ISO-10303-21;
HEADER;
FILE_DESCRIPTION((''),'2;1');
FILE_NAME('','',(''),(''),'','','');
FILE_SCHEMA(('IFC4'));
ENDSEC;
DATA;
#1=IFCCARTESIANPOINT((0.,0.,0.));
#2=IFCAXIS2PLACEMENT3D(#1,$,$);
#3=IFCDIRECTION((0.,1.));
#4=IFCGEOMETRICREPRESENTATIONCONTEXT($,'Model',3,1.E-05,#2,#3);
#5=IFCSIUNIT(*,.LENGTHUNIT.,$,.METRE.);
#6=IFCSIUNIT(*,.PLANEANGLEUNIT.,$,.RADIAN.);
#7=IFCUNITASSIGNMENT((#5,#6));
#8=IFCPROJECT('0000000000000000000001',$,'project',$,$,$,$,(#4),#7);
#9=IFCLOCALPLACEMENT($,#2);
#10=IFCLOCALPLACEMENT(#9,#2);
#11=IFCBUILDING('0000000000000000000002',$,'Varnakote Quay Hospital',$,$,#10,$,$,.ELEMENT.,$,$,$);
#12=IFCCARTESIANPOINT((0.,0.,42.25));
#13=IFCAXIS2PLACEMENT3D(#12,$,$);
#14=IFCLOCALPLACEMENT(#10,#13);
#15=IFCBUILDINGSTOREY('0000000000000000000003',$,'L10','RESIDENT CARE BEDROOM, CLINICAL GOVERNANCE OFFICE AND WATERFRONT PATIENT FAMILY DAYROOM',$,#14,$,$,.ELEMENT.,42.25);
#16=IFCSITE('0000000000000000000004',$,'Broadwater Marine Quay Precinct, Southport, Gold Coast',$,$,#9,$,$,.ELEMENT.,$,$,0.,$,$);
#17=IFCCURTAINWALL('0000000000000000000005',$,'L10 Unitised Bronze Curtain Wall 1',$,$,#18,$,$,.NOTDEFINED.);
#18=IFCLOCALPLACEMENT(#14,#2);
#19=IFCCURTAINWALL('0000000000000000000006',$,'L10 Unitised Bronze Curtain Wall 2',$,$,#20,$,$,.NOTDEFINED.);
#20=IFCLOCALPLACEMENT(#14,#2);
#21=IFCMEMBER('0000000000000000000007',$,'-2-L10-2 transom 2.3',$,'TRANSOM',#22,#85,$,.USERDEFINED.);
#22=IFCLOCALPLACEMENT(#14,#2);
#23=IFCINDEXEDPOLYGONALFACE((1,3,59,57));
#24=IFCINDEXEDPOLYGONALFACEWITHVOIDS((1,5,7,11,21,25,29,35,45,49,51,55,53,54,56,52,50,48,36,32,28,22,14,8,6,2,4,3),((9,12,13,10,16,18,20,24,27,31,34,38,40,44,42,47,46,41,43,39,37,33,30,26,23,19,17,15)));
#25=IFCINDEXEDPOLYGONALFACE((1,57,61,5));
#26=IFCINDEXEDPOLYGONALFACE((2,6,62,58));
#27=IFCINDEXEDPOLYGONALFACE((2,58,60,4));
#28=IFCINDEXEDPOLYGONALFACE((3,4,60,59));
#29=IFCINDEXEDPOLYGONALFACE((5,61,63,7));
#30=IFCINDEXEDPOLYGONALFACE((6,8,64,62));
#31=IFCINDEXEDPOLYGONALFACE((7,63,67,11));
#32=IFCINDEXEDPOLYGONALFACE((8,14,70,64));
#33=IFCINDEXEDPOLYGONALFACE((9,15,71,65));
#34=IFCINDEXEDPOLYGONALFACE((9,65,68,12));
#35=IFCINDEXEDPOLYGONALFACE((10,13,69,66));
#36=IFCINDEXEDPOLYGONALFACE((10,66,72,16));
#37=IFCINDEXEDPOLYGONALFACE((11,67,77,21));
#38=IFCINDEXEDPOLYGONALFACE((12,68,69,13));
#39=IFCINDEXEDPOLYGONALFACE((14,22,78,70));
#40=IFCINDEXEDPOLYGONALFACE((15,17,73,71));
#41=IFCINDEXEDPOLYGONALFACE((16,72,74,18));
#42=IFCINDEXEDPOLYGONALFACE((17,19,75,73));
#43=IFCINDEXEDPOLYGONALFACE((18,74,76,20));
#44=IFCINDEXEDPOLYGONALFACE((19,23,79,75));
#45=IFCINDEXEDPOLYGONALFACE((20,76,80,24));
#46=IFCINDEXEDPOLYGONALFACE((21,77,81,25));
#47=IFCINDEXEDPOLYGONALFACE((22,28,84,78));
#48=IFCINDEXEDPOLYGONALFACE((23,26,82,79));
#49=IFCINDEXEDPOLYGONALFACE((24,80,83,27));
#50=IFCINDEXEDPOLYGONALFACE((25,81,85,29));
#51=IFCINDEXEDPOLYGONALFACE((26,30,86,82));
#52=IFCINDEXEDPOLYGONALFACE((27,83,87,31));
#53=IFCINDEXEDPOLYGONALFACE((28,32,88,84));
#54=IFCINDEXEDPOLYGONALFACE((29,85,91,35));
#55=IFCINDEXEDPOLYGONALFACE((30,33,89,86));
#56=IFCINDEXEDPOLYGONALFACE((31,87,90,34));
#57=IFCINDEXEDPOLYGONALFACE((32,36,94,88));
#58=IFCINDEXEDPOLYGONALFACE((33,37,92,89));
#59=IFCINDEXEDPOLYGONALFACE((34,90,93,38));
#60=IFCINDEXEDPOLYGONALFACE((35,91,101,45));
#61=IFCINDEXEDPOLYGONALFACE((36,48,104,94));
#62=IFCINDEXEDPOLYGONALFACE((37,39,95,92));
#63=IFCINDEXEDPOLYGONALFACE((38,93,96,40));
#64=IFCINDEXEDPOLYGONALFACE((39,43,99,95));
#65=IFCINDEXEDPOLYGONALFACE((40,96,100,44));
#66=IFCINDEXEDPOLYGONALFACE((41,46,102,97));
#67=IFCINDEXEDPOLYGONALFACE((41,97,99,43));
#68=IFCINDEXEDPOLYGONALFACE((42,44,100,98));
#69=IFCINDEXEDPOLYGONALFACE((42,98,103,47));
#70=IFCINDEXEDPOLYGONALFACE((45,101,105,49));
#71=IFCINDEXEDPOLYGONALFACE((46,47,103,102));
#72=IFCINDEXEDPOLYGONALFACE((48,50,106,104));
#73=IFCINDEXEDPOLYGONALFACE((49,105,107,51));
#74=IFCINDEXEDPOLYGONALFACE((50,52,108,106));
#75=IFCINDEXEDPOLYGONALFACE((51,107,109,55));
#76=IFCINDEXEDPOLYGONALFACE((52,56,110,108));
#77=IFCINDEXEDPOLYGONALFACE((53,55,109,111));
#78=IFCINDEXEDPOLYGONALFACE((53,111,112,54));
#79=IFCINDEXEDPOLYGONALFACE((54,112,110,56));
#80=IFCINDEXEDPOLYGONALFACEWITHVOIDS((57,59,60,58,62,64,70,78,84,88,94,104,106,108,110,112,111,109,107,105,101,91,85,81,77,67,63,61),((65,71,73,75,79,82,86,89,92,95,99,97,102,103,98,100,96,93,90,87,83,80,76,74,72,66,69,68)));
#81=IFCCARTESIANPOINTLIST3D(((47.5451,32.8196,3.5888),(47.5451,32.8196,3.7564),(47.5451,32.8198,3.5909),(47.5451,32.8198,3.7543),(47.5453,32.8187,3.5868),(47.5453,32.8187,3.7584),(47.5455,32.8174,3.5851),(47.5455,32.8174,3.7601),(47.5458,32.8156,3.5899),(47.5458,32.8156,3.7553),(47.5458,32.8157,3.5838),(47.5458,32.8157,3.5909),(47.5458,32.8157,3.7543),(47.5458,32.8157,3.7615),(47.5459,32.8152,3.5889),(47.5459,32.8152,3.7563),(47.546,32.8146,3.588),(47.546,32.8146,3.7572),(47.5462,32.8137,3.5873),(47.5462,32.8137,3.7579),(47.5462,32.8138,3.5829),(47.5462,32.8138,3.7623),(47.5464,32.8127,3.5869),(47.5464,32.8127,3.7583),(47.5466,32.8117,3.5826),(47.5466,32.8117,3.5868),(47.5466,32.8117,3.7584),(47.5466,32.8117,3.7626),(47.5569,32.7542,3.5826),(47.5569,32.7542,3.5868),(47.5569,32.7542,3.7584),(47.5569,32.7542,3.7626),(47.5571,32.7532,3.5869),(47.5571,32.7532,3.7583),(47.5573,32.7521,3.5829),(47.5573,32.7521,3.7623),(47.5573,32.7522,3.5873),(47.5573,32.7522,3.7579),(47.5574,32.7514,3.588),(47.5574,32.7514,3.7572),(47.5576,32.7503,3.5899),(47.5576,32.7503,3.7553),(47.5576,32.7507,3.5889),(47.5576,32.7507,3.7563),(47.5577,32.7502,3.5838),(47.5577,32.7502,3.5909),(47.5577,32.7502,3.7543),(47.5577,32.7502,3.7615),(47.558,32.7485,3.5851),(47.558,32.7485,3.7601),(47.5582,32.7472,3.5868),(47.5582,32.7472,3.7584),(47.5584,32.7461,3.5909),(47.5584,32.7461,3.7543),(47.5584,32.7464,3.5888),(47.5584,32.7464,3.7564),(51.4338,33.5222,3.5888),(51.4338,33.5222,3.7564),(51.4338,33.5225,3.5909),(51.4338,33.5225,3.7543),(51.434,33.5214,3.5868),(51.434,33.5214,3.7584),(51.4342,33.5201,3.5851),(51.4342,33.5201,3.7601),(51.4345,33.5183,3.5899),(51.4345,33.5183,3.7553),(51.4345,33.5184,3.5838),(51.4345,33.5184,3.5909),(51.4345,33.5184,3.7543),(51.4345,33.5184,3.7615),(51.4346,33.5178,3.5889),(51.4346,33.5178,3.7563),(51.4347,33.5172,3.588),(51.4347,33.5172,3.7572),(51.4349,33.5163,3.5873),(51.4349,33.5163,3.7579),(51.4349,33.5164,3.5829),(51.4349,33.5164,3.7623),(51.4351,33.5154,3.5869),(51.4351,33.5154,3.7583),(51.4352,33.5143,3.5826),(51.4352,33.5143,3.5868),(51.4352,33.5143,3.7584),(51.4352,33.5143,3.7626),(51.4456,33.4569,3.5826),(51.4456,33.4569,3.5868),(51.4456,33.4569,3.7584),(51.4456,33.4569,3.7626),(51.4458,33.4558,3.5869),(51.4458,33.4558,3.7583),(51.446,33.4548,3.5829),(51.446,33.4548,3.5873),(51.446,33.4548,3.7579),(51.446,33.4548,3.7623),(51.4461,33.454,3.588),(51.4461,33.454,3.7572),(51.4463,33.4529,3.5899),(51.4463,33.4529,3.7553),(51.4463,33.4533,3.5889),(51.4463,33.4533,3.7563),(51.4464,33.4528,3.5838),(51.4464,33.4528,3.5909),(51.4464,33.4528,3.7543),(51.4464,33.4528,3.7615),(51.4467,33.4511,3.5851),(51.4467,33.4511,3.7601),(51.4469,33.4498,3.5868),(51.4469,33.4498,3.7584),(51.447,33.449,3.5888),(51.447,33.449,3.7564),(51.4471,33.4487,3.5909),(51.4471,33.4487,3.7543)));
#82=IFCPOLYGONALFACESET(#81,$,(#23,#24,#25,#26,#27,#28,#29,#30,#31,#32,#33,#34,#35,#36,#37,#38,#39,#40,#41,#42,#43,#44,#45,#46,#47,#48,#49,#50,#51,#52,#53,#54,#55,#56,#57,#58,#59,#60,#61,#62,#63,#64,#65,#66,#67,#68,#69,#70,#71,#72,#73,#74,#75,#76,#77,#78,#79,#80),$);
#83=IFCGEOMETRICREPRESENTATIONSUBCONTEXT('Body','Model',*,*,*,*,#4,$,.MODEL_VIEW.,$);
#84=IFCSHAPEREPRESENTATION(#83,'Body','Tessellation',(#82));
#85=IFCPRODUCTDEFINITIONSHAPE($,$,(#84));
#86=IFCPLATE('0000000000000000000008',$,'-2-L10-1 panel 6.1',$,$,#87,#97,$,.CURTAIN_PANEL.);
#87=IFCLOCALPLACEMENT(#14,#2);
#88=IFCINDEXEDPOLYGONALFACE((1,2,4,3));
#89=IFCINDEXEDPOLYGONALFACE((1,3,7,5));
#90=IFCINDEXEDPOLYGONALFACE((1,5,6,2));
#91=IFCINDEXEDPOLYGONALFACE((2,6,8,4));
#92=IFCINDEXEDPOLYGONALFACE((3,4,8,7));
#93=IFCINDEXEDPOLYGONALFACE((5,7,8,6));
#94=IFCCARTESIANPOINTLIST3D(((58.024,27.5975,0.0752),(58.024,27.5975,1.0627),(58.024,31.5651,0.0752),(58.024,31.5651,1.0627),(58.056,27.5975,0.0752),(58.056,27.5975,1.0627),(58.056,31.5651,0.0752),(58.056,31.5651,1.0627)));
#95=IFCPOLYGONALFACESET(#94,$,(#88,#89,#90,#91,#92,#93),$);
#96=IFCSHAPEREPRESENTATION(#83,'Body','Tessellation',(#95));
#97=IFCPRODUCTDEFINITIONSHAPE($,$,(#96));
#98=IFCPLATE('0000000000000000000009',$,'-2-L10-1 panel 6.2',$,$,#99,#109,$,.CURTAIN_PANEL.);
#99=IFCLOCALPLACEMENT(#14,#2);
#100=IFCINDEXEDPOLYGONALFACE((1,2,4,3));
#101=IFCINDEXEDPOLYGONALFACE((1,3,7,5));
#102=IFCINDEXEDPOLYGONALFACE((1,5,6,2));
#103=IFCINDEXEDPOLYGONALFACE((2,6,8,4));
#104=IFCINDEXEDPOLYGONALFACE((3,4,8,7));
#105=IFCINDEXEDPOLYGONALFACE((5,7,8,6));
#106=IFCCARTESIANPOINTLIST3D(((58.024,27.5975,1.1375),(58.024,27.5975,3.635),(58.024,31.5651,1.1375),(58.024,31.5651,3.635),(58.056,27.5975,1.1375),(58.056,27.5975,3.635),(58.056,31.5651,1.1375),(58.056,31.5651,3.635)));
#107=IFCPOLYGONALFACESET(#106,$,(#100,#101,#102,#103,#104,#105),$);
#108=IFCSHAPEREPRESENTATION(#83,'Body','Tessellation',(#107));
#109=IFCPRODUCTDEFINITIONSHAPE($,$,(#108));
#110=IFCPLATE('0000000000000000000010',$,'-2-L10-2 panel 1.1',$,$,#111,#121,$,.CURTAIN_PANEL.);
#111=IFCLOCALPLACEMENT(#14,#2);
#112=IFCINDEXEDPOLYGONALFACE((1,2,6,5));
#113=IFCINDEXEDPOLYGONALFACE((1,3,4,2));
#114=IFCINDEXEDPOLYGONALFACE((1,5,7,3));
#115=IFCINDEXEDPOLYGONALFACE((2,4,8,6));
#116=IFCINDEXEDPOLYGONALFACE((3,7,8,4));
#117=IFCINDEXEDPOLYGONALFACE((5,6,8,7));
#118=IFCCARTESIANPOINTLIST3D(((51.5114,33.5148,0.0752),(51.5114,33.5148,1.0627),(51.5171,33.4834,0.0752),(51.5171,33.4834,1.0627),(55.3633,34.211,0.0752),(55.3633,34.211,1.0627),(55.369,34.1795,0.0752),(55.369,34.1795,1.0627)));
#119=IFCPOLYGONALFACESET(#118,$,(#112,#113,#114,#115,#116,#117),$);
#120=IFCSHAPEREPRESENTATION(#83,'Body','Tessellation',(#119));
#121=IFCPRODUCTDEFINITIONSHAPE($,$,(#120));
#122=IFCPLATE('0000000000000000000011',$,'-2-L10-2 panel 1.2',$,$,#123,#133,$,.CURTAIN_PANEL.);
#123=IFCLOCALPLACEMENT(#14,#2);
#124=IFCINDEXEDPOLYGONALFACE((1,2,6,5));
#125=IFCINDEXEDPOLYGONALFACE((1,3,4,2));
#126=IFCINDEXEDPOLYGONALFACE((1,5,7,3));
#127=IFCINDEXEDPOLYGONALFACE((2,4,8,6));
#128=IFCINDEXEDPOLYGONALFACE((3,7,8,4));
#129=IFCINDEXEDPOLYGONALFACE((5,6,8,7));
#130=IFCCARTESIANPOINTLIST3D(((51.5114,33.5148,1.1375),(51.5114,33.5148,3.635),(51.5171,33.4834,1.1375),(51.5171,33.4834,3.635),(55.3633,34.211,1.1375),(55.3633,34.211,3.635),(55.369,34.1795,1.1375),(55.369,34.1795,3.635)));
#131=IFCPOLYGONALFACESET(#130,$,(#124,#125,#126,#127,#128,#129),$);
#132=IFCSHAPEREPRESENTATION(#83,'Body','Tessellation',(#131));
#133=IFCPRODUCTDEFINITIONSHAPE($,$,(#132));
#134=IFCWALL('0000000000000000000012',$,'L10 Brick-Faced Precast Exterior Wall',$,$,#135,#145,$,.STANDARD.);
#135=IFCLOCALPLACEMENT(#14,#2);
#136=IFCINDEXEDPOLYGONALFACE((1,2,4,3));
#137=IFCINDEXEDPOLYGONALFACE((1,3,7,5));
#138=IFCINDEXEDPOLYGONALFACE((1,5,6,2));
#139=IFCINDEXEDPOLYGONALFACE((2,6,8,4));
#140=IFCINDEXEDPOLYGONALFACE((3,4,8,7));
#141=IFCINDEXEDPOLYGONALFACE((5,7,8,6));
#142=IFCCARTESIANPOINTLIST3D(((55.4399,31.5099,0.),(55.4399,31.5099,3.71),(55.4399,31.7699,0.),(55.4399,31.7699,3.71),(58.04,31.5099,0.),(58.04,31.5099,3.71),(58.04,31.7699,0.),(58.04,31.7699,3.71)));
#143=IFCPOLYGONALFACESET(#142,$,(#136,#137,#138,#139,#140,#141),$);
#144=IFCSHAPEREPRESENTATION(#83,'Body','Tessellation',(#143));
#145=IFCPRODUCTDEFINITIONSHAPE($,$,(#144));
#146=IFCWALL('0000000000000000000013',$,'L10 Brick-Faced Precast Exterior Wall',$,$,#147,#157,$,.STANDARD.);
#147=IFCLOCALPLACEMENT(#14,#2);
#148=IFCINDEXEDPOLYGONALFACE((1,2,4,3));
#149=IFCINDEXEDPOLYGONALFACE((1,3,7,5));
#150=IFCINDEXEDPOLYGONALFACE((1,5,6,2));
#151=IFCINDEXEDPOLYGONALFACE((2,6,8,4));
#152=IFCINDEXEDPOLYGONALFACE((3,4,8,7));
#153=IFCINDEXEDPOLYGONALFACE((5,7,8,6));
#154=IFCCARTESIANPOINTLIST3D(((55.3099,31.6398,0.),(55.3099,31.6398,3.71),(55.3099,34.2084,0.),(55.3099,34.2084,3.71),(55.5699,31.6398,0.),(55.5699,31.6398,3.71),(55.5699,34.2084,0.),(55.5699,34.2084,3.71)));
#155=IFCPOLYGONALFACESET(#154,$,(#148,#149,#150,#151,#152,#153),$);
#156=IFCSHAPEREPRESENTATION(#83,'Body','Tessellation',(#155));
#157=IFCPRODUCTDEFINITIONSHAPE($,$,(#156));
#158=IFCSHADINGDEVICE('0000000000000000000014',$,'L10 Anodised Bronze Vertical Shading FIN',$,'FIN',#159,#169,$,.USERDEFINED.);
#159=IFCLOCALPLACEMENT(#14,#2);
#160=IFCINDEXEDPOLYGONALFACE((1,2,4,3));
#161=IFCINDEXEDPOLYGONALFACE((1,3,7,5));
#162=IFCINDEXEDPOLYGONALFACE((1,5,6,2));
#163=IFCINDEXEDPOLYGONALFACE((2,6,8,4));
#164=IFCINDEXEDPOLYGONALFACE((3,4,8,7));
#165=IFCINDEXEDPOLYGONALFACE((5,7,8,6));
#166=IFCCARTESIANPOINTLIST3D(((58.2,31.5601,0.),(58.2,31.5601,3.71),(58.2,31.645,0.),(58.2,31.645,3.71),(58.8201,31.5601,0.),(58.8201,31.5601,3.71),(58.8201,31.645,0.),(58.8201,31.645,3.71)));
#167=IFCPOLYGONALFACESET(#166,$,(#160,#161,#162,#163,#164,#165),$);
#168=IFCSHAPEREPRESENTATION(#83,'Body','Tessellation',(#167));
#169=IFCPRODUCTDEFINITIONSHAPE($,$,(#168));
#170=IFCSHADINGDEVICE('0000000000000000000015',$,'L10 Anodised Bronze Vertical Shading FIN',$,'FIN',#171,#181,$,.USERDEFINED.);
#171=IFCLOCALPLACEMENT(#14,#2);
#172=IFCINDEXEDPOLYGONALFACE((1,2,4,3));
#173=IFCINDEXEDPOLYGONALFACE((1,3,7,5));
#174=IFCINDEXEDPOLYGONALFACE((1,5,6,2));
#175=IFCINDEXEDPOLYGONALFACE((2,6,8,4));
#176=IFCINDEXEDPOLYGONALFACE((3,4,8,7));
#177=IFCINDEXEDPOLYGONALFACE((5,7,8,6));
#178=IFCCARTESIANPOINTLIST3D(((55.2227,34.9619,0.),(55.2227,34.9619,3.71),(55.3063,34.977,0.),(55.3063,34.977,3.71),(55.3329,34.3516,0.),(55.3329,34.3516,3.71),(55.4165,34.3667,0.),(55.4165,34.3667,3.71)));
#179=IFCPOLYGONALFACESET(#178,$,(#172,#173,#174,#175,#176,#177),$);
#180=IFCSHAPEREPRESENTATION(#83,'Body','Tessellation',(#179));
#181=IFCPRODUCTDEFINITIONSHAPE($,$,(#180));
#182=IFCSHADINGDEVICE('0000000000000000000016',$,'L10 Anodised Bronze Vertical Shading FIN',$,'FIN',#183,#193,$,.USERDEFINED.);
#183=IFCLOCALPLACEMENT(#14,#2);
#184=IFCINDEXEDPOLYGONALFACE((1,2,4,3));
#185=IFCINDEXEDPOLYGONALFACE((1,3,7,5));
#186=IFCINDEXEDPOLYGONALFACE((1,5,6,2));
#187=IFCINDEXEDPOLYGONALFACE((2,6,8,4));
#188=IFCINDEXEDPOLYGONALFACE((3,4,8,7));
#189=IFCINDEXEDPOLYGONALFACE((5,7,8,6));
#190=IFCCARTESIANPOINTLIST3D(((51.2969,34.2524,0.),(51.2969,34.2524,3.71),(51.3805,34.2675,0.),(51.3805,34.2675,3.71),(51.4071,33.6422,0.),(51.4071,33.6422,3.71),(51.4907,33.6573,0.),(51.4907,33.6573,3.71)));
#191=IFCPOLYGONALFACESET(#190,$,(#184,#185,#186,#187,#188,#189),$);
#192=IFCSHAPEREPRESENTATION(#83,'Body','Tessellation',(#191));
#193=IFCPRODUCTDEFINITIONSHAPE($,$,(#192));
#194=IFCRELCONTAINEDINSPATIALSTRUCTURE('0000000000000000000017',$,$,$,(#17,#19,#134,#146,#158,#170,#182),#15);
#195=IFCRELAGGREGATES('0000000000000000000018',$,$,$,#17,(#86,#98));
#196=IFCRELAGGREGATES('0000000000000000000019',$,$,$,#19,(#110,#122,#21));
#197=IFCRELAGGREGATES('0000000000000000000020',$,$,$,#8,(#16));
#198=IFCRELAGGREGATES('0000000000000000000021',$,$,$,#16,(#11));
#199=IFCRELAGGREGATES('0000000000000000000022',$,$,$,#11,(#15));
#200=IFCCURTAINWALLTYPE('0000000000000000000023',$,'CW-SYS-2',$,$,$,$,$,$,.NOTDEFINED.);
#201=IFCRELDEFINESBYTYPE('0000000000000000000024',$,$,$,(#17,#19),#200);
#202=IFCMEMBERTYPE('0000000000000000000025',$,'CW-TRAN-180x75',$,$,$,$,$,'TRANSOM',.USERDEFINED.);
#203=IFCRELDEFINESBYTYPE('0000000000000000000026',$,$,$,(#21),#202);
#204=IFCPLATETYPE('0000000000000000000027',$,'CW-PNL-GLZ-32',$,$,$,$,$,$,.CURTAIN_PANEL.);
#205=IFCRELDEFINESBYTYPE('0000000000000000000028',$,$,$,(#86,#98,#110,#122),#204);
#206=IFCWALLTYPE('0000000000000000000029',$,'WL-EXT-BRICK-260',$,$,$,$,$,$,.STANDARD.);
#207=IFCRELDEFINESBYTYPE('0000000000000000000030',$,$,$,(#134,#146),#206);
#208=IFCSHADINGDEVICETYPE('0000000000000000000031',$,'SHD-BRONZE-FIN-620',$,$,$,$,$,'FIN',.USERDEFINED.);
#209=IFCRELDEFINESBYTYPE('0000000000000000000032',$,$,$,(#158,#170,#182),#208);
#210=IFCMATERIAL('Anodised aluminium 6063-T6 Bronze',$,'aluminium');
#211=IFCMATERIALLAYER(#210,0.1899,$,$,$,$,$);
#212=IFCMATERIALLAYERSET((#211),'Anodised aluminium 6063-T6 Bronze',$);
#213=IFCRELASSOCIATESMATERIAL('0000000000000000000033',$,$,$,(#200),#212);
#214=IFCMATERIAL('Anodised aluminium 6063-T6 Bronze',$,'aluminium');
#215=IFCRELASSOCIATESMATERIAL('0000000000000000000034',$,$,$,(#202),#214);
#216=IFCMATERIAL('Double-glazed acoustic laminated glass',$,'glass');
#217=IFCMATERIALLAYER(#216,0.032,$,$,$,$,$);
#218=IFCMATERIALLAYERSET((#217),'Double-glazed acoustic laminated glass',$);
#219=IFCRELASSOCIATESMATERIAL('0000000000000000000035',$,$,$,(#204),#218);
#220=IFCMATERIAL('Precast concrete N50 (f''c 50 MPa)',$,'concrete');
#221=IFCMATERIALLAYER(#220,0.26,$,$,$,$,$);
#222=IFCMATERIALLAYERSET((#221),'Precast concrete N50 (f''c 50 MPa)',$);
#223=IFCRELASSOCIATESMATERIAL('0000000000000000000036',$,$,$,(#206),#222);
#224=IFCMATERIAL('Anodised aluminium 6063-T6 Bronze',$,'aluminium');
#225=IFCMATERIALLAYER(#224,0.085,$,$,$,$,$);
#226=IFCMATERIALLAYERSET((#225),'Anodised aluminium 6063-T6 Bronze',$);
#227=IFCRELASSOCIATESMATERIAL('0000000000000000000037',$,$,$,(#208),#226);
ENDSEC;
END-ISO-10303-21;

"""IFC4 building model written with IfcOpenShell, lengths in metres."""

from ifc_helpers import new_model, si_unit, direction, frame, frame_2d, origin, origin_2d, place, context, subcontext, project, spatial, rectangle, hollow_rectangle, extrude, material, layer, layer_set, material_profile, profile_set, type_object, element, aggregate, save


model = new_model("IFC4")

# Units and contexts
model_context = context("Model", 3, precision=1e-05, world=origin(), true_north=direction((0.0, 1.0)))
body_context = subcontext(model_context, "Body", "Model", "MODEL_VIEW")
ifc_project = project(units=[si_unit("LENGTHUNIT", "METRE"), si_unit("PLANEANGLEUNIT", "RADIAN")], contexts=[model_context])

# Site, building, storey
site_placement = place(None, origin())
site = spatial("IfcSite", under=ifc_project, at=site_placement, Name="Broadwater Marine Quay Precinct, Southport, Gold Coast", CompositionType="ELEMENT", RefElevation=0.0)
building_placement = place(site_placement, origin())
building = spatial("IfcBuilding", under=site, at=building_placement, Name="Varnakote Quay Hospital", CompositionType="ELEMENT")
storey_placement = place(building_placement, frame((0.0, 0.0, 42.25)))
storey = spatial("IfcBuildingStorey", under=building, at=storey_placement, Name="L10", Description="RESIDENT CARE BEDROOM, CLINICAL GOVERNANCE OFFICE AND WATERFRONT PATIENT FAMILY DAYROOM", CompositionType="ELEMENT", Elevation=42.25)

# Curtain wall
ifc_material_1 = material(Name="Anodised aluminium 6063-T6 Bronze", Category="aluminium")
ifc_layer_1 = layer(ifc_material_1, 0.1899)
ifc_layer_set_1 = layer_set([ifc_layer_1], Name="Anodised aluminium 6063-T6 Bronze")
curtain_wall_type = type_object("IfcCurtainWallType", Name="CW-SYS-2", PredefinedType="NOTDEFINED", material=ifc_layer_set_1)
curtain_wall_1_placement = place(storey_placement, origin())
curtain_wall_1 = element("IfcCurtainWall", 1, at=curtain_wall_1_placement, inside=storey, type_object=curtain_wall_type, Name="L10 Unitised Bronze Curtain Wall 1", PredefinedType="NOTDEFINED")

# Curtain wall
curtain_wall_2_placement = place(storey_placement, origin())
curtain_wall_2 = element("IfcCurtainWall", 2, at=curtain_wall_2_placement, inside=storey, type_object=curtain_wall_type, Name="L10 Unitised Bronze Curtain Wall 2", PredefinedType="NOTDEFINED")

# Member
ifc_material_2 = material(Name="Anodised aluminium 6063-T6 Bronze", Category="aluminium")
ifc_material_profile_1 = material_profile(ifc_material_2, hollow_rectangle(XDim=0.075, YDim=0.1799, WallThickness=0.0042, InnerFilletRadius=0.0042, OuterFilletRadius=0.0083, at=origin_2d()), Name="CW-TRAN-180x75")
ifc_profile_set_1 = profile_set([ifc_material_profile_1], Name="Anodised aluminium 6063-T6 Bronze")
member_type_1 = type_object("IfcMemberType", Name="CW-TRAN-180x75", ElementType="TRANSOM", PredefinedType="USERDEFINED", material=ifc_profile_set_1)
member_1_placement = place(storey_placement, frame((51.4404, 33.4856, 3.6726), z_axis=(-0.984065, -0.177809, 0.0), x_axis=(0.177809, -0.984065, 0.0)))
member_1 = element("IfcMember", 3, at=member_1_placement, type_object=member_type_1, Name="-2-L10-2 transom 2.3", ObjectType="TRANSOM", PredefinedType="USERDEFINED", context=body_context, shape_type="SweptSolid", body=[
    extrude(hollow_rectangle(XDim=0.075, YDim=0.1799, WallThickness=0.0042, InnerFilletRadius=0.0042, OuterFilletRadius=0.0083, at=origin_2d()), origin(), (0.0, 0.0, 1.0), 3.9517),
])

# Plates
ifc_material_3 = material(Name="Double-glazed acoustic laminated glass", Category="glass")
ifc_layer_2 = layer(ifc_material_3, 0.032)
ifc_layer_set_2 = layer_set([ifc_layer_2], Name="Double-glazed acoustic laminated glass")
plate_type = type_object("IfcPlateType", Name="CW-PNL-GLZ-32", PredefinedType="CURTAIN_PANEL", material=ifc_layer_set_2)
plate_1_placement = place(storey_placement, frame((58.04, 29.5813, 0.0752), z_axis=(0.0, 0.0, 1.0), x_axis=(0.0, 1.0, 0.0)))
plate_1 = element("IfcPlate", 4, at=plate_1_placement, type_object=plate_type, Name="-2-L10-1 panel 6.1", PredefinedType="CURTAIN_PANEL", context=body_context, shape_type="SweptSolid", body=[
    extrude(rectangle(XDim=3.9675, YDim=0.032, at=origin_2d()), origin(), (0.0, 0.0, 1.0), 0.9875),
])
plate_2_placement = place(storey_placement, frame((58.04, 29.5813, 1.1375), z_axis=(0.0, 0.0, 1.0), x_axis=(0.0, 1.0, 0.0)))
plate_2 = element("IfcPlate", 5, at=plate_2_placement, type_object=plate_type, Name="-2-L10-1 panel 6.2", PredefinedType="CURTAIN_PANEL", context=body_context, shape_type="SweptSolid", body=[
    extrude(rectangle(XDim=3.9675, YDim=0.032, at=origin_2d()), origin(), (0.0, 0.0, 1.0), 2.4976),
])
aggregate(curtain_wall_1, [plate_1, plate_2])
plate_3_placement = place(storey_placement, frame((53.4402, 33.8472, 0.0752), z_axis=(0.0, 0.0, 1.0), x_axis=(-0.984058, -0.177846, 0.0)))
plate_3 = element("IfcPlate", 6, at=plate_3_placement, type_object=plate_type, Name="-2-L10-2 panel 1.1", PredefinedType="CURTAIN_PANEL", context=body_context, shape_type="SweptSolid", body=[
    extrude(rectangle(XDim=3.9143, YDim=0.032, at=origin_2d()), origin(), (0.0, 0.0, 1.0), 0.9875),
])
plate_4_placement = place(storey_placement, frame((53.4402, 33.8472, 1.1375), z_axis=(0.0, 0.0, 1.0), x_axis=(-0.984058, -0.177846, 0.0)))
plate_4 = element("IfcPlate", 7, at=plate_4_placement, type_object=plate_type, Name="-2-L10-2 panel 1.2", PredefinedType="CURTAIN_PANEL", context=body_context, shape_type="SweptSolid", body=[
    extrude(rectangle(XDim=3.9143, YDim=0.032, at=origin_2d()), origin(), (0.0, 0.0, 1.0), 2.4976),
])
aggregate(curtain_wall_2, [plate_3, plate_4, member_1])

# Walls
ifc_material_4 = material(Name="Precast concrete N50 (f'c 50 MPa)", Category="concrete")
ifc_layer_3 = layer(ifc_material_4, 0.26)
ifc_layer_set_3 = layer_set([ifc_layer_3], Name="Precast concrete N50 (f'c 50 MPa)")
wall_type = type_object("IfcWallType", Name="WL-EXT-BRICK-260", PredefinedType="STANDARD", material=ifc_layer_set_3)
wall_1_placement = place(storey_placement, frame((58.04, 31.6399, 0.0), z_axis=(0.0, 0.0, 1.0), x_axis=(-1.0, 0.0, 0.0)))
element("IfcWall", 8, at=wall_1_placement, inside=storey, type_object=wall_type, Name="L10 Brick-Faced Precast Exterior Wall", PredefinedType="STANDARD", context=body_context, shape_type="SweptSolid", body=[
    extrude(rectangle(XDim=2.6001, YDim=0.26, at=frame_2d((1.3, 0.0))), origin(), (0.0, 0.0, 1.0), 3.71),
])
wall_2_placement = place(storey_placement, frame((55.4399, 31.6399, 0.0), z_axis=(0.0, 0.0, 1.0), x_axis=(0.0, 1.0, 0.0)))
element("IfcWall", 9, at=wall_2_placement, inside=storey, type_object=wall_type, Name="L10 Brick-Faced Precast Exterior Wall", PredefinedType="STANDARD", context=body_context, shape_type="SweptSolid", body=[
    extrude(rectangle(XDim=2.5686, YDim=0.26, at=frame_2d((1.2842, 0.0))), origin(), (0.0, 0.0, 1.0), 3.71),
])

# Shading devices
ifc_material_5 = material(Name="Anodised aluminium 6063-T6 Bronze", Category="aluminium")
ifc_layer_4 = layer(ifc_material_5, 0.085)
ifc_layer_set_4 = layer_set([ifc_layer_4], Name="Anodised aluminium 6063-T6 Bronze")
shading_device_type = type_object("IfcShadingDeviceType", Name="SHD-BRONZE-FIN-620", ElementType="FIN", PredefinedType="USERDEFINED", material=ifc_layer_set_4)
for number, where, z_axis, x_axis, name in (
    (10, (58.51, 31.6025, 0.0), (0.0, 0.0, 1.0), (-1.0, 0.0, 0.0), "L10 Anodised Bronze Vertical Shading FIN"),
    (11, (55.3196, 34.6643, 0.0), (0.0, 0.0, 1.0), (0.177772, -0.984072, 0.0), "L10 Anodised Bronze Vertical Shading FIN"),
    (12, (51.3938, 33.9548, 0.0), (0.0, 0.0, 1.0), (0.177772, -0.984072, 0.0), "L10 Anodised Bronze Vertical Shading FIN"),
):
    element("IfcShadingDevice", number, at=place(storey_placement, frame(where, z_axis=z_axis, x_axis=x_axis)), inside=storey, type_object=shading_device_type, Name=name, ObjectType="FIN", PredefinedType="USERDEFINED", context=body_context, shape_type="SweptSolid", body=[
        extrude(rectangle(XDim=0.6201, YDim=0.085, at=origin_2d()), origin(), (0.0, 0.0, 1.0), 3.71),
    ])

save(model, "model.ifc")
